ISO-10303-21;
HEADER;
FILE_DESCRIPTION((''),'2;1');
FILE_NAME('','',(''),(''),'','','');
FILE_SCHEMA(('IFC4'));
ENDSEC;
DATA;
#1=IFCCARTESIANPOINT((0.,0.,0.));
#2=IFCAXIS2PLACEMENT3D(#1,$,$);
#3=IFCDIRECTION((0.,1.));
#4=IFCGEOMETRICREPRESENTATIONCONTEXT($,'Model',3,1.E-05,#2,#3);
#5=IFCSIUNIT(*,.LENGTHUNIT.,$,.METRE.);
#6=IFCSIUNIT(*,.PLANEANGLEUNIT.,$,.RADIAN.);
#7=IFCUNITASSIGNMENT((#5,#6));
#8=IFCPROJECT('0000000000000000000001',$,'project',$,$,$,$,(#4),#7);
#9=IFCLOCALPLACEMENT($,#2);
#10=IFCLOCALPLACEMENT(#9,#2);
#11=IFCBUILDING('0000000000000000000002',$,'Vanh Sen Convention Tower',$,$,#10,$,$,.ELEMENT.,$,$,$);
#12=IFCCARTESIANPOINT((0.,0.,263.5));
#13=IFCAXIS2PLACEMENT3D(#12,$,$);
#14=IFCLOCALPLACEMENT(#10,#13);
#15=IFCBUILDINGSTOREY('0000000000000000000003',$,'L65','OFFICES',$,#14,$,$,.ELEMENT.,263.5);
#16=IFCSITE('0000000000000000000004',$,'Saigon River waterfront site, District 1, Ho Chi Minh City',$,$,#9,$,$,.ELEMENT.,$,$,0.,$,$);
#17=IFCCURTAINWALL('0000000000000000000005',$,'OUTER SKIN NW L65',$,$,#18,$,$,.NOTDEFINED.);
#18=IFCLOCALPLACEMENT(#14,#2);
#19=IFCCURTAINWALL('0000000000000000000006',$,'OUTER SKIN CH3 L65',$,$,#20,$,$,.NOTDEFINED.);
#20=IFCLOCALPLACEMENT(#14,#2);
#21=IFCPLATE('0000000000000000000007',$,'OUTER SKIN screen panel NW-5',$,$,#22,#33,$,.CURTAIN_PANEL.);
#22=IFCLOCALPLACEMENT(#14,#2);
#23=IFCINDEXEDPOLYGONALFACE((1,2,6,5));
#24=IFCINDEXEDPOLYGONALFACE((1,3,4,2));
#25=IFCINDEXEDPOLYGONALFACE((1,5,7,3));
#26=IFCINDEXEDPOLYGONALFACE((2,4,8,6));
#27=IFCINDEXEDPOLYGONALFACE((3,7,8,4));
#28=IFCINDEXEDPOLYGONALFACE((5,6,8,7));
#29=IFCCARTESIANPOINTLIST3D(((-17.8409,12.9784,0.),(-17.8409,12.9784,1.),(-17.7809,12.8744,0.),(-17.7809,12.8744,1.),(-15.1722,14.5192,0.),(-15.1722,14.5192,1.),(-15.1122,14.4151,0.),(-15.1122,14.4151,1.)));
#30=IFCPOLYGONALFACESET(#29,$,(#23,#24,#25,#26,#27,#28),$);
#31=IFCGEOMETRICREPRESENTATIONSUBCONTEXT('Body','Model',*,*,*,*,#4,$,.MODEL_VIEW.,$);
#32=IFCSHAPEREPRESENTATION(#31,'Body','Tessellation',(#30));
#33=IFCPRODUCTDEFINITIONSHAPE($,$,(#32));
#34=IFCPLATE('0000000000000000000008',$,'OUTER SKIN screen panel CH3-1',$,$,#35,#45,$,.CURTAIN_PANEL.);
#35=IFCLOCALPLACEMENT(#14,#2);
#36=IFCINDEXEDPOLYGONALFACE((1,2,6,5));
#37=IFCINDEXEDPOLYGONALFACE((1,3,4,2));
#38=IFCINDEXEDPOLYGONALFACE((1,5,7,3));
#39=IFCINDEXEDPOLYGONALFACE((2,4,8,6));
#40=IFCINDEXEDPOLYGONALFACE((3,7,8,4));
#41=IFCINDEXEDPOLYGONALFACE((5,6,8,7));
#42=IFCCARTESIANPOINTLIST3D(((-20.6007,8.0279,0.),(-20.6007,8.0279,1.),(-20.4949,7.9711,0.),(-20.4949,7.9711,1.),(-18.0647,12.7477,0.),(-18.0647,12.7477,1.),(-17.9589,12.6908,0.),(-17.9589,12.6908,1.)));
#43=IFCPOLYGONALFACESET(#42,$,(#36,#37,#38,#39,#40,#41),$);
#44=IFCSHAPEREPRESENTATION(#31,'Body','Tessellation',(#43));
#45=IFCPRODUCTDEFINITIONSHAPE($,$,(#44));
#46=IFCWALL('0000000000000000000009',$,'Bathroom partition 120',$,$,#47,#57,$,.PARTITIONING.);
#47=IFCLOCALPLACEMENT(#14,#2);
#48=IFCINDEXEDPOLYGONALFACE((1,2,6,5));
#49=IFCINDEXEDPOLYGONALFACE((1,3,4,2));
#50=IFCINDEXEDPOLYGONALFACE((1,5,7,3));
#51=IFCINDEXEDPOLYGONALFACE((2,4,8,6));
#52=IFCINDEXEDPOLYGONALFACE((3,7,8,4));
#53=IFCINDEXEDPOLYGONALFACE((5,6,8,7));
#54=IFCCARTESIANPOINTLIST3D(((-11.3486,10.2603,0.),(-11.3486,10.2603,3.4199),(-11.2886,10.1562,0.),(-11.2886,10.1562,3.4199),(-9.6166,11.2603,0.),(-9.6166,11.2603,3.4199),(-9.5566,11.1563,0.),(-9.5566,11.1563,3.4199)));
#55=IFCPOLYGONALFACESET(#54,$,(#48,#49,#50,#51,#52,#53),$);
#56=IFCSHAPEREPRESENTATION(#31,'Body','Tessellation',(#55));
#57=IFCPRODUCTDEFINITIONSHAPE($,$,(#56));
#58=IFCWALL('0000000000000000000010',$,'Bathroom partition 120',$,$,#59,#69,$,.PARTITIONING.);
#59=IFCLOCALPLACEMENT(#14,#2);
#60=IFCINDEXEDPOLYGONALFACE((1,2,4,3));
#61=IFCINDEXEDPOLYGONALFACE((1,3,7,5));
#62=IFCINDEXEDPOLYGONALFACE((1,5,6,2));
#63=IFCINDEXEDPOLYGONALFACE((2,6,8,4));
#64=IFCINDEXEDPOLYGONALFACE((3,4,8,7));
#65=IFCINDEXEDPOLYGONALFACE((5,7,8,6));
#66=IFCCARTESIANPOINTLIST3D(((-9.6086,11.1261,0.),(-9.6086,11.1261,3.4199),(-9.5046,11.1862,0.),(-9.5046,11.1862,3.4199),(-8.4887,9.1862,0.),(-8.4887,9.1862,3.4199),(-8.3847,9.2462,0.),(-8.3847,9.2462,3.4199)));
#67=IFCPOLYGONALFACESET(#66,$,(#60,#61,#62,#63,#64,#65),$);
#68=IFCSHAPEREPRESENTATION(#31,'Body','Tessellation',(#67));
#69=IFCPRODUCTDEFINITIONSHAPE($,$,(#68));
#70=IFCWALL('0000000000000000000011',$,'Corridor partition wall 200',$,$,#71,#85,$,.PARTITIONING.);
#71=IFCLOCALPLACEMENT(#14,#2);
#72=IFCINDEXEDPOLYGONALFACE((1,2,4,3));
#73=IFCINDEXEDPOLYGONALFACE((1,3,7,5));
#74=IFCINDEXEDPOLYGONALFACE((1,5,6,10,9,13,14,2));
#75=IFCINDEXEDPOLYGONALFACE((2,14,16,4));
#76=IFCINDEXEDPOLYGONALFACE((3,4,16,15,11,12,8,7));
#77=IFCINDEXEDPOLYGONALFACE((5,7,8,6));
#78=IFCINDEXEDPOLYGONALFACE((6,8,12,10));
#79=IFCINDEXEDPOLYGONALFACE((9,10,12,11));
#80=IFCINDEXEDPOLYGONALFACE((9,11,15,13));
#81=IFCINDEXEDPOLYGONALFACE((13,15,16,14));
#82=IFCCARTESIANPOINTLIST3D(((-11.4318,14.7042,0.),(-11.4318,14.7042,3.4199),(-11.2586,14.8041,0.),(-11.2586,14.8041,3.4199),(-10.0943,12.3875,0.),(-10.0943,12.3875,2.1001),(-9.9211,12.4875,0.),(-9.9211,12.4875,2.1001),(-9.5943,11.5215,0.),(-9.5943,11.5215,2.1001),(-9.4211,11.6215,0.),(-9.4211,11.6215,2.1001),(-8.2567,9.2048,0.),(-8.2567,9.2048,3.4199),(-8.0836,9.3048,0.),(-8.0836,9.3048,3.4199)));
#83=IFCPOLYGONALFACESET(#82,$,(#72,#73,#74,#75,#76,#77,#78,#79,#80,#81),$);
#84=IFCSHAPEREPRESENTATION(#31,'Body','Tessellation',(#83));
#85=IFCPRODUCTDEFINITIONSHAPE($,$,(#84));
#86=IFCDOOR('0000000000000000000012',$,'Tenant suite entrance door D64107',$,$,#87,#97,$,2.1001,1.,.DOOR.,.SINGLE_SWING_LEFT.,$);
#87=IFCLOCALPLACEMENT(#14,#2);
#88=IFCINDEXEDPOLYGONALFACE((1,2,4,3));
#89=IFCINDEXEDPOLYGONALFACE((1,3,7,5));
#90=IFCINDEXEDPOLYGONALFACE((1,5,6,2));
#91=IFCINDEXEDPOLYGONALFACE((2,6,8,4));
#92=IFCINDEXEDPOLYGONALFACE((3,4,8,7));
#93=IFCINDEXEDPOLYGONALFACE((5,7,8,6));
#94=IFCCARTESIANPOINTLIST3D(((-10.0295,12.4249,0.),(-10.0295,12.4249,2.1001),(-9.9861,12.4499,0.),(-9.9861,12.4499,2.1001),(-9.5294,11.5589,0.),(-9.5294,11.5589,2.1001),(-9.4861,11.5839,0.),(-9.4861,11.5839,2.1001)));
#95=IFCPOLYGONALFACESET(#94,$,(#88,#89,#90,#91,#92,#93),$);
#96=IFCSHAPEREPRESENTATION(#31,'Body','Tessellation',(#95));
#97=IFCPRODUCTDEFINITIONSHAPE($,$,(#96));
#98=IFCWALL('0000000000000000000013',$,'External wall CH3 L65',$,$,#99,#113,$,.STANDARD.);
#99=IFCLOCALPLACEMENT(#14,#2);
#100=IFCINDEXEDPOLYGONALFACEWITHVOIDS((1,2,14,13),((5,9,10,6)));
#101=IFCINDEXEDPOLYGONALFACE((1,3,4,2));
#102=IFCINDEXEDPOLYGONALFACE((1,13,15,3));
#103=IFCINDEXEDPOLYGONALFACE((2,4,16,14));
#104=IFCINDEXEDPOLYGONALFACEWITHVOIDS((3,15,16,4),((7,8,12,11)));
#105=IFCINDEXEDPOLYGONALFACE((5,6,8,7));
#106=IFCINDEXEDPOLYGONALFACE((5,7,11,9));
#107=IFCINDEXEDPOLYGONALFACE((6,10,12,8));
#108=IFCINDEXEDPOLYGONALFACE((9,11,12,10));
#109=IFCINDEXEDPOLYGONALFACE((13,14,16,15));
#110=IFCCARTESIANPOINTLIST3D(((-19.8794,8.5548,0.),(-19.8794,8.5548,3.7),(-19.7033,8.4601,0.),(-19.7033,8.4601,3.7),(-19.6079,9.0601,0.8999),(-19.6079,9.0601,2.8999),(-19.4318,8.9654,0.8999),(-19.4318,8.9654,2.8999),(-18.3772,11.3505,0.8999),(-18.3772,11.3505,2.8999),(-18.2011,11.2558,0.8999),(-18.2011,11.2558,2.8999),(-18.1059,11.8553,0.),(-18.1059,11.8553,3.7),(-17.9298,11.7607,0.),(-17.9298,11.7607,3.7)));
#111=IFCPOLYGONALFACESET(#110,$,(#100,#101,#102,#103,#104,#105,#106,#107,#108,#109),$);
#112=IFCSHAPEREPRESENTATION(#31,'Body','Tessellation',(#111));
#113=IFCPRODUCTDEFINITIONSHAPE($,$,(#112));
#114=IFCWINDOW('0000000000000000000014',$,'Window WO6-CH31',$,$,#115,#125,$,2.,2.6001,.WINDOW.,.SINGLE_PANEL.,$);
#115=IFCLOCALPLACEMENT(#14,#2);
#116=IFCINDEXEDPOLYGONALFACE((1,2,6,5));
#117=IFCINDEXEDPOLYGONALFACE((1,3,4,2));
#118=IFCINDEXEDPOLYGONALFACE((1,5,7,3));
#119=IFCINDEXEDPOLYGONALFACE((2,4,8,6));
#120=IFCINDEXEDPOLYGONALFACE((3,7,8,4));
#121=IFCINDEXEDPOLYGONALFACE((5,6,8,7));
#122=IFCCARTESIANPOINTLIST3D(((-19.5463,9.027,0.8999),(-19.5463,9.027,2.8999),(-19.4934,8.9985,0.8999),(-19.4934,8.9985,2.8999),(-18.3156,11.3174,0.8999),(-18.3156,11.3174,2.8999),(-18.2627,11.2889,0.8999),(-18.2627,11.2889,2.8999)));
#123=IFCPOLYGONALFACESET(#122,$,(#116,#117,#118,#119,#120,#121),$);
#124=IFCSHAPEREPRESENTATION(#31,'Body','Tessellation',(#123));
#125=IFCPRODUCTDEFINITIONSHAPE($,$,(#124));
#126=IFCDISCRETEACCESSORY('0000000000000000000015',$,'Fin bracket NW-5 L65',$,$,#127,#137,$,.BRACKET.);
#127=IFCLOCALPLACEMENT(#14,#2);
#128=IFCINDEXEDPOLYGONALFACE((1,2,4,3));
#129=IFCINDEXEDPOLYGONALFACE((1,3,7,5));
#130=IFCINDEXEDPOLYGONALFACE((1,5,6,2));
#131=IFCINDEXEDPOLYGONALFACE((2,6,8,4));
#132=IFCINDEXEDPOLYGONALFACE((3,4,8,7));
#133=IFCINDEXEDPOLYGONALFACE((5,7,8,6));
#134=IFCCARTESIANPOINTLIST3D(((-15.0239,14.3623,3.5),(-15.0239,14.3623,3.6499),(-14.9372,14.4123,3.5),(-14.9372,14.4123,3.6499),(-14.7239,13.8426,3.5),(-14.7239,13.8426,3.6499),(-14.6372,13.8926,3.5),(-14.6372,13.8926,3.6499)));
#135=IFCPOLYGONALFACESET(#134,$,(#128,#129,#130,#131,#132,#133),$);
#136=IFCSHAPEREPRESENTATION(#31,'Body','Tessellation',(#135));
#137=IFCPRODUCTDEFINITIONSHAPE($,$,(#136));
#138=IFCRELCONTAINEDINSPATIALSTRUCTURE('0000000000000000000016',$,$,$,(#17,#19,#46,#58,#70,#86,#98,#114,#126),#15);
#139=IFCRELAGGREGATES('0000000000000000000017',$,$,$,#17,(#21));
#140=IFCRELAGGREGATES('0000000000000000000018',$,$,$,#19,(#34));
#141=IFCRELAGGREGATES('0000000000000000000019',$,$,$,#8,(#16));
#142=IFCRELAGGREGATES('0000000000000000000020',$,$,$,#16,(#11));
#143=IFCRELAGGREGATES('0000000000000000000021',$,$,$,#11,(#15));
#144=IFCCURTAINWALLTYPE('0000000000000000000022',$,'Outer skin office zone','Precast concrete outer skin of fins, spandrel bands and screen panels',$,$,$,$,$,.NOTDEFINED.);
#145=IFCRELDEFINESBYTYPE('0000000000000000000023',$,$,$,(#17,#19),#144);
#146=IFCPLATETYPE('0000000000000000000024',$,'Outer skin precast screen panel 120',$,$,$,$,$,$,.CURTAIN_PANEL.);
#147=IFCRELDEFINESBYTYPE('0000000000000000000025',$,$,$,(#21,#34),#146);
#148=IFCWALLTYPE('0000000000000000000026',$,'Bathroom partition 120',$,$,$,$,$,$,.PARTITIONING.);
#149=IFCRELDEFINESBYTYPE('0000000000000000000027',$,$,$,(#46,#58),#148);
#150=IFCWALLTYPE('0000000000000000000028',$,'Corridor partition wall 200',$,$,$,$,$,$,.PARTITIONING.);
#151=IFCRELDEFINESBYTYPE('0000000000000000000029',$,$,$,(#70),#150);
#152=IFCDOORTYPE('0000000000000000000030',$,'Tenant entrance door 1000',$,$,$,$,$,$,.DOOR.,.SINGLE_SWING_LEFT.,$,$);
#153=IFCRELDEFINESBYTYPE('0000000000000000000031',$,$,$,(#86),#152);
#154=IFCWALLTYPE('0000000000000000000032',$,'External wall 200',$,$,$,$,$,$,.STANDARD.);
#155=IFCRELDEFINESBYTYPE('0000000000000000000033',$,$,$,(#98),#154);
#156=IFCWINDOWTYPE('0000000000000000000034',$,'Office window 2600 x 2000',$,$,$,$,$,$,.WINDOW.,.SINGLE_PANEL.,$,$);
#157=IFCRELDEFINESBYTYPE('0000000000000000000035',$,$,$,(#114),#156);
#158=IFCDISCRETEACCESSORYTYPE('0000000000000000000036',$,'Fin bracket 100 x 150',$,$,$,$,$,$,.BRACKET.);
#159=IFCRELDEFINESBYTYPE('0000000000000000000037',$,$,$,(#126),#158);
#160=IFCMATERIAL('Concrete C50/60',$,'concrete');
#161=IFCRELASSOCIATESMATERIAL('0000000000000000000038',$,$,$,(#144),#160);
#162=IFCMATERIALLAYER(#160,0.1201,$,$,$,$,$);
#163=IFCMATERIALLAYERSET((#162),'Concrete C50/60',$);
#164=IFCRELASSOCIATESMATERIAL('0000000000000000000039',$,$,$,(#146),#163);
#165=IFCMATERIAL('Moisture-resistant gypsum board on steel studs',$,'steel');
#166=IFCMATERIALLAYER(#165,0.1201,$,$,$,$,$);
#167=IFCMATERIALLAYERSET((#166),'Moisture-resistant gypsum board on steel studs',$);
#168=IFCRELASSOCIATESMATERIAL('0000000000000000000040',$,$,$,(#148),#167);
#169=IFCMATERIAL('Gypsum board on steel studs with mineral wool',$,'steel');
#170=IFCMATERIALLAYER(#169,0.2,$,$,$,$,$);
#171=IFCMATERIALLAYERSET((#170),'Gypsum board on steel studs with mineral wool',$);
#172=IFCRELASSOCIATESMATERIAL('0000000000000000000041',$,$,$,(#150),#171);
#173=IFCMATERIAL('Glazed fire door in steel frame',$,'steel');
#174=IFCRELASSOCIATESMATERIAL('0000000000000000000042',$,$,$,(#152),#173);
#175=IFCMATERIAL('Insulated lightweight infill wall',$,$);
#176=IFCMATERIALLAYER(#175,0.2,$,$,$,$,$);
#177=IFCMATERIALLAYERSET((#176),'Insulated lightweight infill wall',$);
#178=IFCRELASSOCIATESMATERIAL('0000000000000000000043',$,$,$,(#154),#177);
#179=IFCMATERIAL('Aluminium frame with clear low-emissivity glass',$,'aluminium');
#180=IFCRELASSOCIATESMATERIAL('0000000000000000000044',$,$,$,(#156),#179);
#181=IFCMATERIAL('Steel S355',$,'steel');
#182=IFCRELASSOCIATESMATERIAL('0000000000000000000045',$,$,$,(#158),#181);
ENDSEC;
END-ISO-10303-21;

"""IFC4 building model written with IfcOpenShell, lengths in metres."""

from ifc_helpers import new_model, si_unit, direction, frame, frame_2d, origin, origin_2d, place, context, subcontext, project, spatial, rectangle, extrude, material, layer, layer_set, type_object, element, fill, aggregate, save


model = new_model("IFC4")

# Units and contexts
model_context = context("Model", 3, precision=1e-05, world=origin(), true_north=direction((0.0, 1.0)))
body_context = subcontext(model_context, "Body", "Model", "MODEL_VIEW")
ifc_project = project(units=[si_unit("LENGTHUNIT", "METRE"), si_unit("PLANEANGLEUNIT", "RADIAN")], contexts=[model_context])

# Site, building, storey
site_placement = place(None, origin())
site = spatial("IfcSite", under=ifc_project, at=site_placement, Name="Saigon River waterfront site, District 1, Ho Chi Minh City", CompositionType="ELEMENT", RefElevation=0.0)
building_placement = place(site_placement, origin())
building = spatial("IfcBuilding", under=site, at=building_placement, Name="Vanh Sen Convention Tower", CompositionType="ELEMENT")
storey_placement = place(building_placement, frame((0.0, 0.0, 263.5)))
storey = spatial("IfcBuildingStorey", under=building, at=storey_placement, Name="L65", Description="OFFICES", CompositionType="ELEMENT", Elevation=263.5)

# Curtain wall
ifc_material_1 = material(Name="Concrete C50/60", Category="concrete")
curtain_wall_type = type_object("IfcCurtainWallType", Name="Outer skin office zone", Description="Precast concrete outer skin of fins, spandrel bands and screen panels", PredefinedType="NOTDEFINED", material=ifc_material_1)
curtain_wall_1_placement = place(storey_placement, origin())
curtain_wall_1 = element("IfcCurtainWall", 1, at=curtain_wall_1_placement, inside=storey, type_object=curtain_wall_type, Name="OUTER SKIN NW L65", PredefinedType="NOTDEFINED")

# Curtain wall
curtain_wall_2_placement = place(storey_placement, origin())
curtain_wall_2 = element("IfcCurtainWall", 2, at=curtain_wall_2_placement, inside=storey, type_object=curtain_wall_type, Name="OUTER SKIN CH3 L65", PredefinedType="NOTDEFINED")

# Plates
ifc_layer_1 = layer(ifc_material_1, 0.1201)
ifc_layer_set_1 = layer_set([ifc_layer_1], Name="Concrete C50/60")
plate_type = type_object("IfcPlateType", Name="Outer skin precast screen panel 120", PredefinedType="CURTAIN_PANEL", material=ifc_layer_set_1)
plate_1_placement = place(storey_placement, frame((-16.4766, 13.6968, 0.0), z_axis=(0.0, 0.0, 1.0), x_axis=(-0.866029, -0.499994, 0.0)))
plate_1 = element("IfcPlate", 3, at=plate_1_placement, type_object=plate_type, Name="OUTER SKIN screen panel NW-5", PredefinedType="CURTAIN_PANEL", context=body_context, shape_type="SweptSolid", body=[
    extrude(rectangle(XDim=3.0815, YDim=0.1201, at=origin_2d()), origin(), (0.0, 0.0, 1.0), 1.0),
])
aggregate(curtain_wall_1, [plate_1])
plate_2_placement = place(storey_placement, frame((-19.2798, 10.3594, 0.0), z_axis=(0.0, 0.0, 1.0), x_axis=(-0.473324, -0.880888, 0.0)))
plate_2 = element("IfcPlate", 4, at=plate_2_placement, type_object=plate_type, Name="OUTER SKIN screen panel CH3-1", PredefinedType="CURTAIN_PANEL", context=body_context, shape_type="SweptSolid", body=[
    extrude(rectangle(XDim=5.3579, YDim=0.1201, at=origin_2d()), origin(), (0.0, 0.0, 1.0), 1.0),
])
aggregate(curtain_wall_2, [plate_2])

# Walls
ifc_material_2 = material(Name="Moisture-resistant gypsum board on steel studs", Category="steel")
ifc_layer_2 = layer(ifc_material_2, 0.1201)
ifc_layer_set_2 = layer_set([ifc_layer_2], Name="Moisture-resistant gypsum board on steel studs")
wall_type_1 = type_object("IfcWallType", Name="Bathroom partition 120", PredefinedType="PARTITIONING", material=ifc_layer_set_2)
wall_1_placement = place(storey_placement, frame((-11.3186, 10.2083, 0.0), z_axis=(0.0, 0.0, 1.0), x_axis=(0.866011, 0.500025, 0.0)))
element("IfcWall", 5, at=wall_1_placement, inside=storey, type_object=wall_type_1, Name="Bathroom partition 120", PredefinedType="PARTITIONING", context=body_context, shape_type="SweptSolid", body=[
    extrude(rectangle(XDim=2.0, YDim=0.1201, at=frame_2d((1.0, 0.0))), origin(), (0.0, 0.0, 1.0), 3.4199),
])
wall_2_placement = place(storey_placement, frame((-9.5566, 11.1562, 0.0), z_axis=(0.0, 0.0, 1.0), x_axis=(0.499949, -0.866055, 0.0)))
element("IfcWall", 6, at=wall_2_placement, inside=storey, type_object=wall_type_1, Name="Bathroom partition 120", PredefinedType="PARTITIONING", context=body_context, shape_type="SweptSolid", body=[
    extrude(rectangle(XDim=2.24, YDim=0.1201, at=frame_2d((1.1201, 0.0))), origin(), (0.0, 0.0, 1.0), 3.4199),
])

# Wall, opening, door
ifc_material_3 = material(Name="Gypsum board on steel studs with mineral wool", Category="steel")
ifc_layer_3 = layer(ifc_material_3, 0.2)
ifc_layer_set_3 = layer_set([ifc_layer_3], Name="Gypsum board on steel studs with mineral wool")
wall_type_2 = type_object("IfcWallType", Name="Corridor partition wall 200", PredefinedType="PARTITIONING", material=ifc_layer_set_3)
wall_3_placement = place(storey_placement, frame((-11.3452, 14.7542, 0.0), z_axis=(0.0, 0.0, 1.0), x_axis=(0.500005, -0.866022, 0.0)))
wall_3 = element("IfcWall", 7, at=wall_3_placement, inside=storey, type_object=wall_type_2, Name="Corridor partition wall 200", PredefinedType="PARTITIONING", context=body_context, shape_type="SweptSolid", body=[
    extrude(rectangle(XDim=6.3501, YDim=0.2, at=frame_2d((3.175, 0.0))), origin(), (0.0, 0.0, 1.0), 3.4199),
])
opening_1_placement = place(wall_3_placement, frame((2.675, 0.0, 0.0)))
opening_1 = element("IfcOpeningElement", 8, at=opening_1_placement, cuts=wall_3, PredefinedType="OPENING", context=body_context, shape_type="SweptSolid", body=[
    extrude(rectangle(XDim=1.0, YDim=2.1001, at=frame_2d((0.5, 1.05))), frame((0.0, 0.1099, 0.0), z_axis=(0.0, -1.0, 0.0), x_axis=(1.0, 0.0, 0.0)), (0.0, 0.0, 1.0), 0.22),
])
ifc_material_4 = material(Name="Glazed fire door in steel frame", Category="steel")
door_type = type_object("IfcDoorType", Name="Tenant entrance door 1000", OperationType="SINGLE_SWING_LEFT", PredefinedType="DOOR", material=ifc_material_4)
door_placement = place(opening_1_placement, origin())
door = element("IfcDoor", 9, at=door_placement, inside=storey, type_object=door_type, Name="Tenant suite entrance door D64107", OperationType="SINGLE_SWING_LEFT", OverallHeight=2.1001, OverallWidth=1.0, PredefinedType="DOOR", context=body_context, shape_type="SweptSolid", body=[
    extrude(rectangle(XDim=1.0, YDim=2.1001, at=frame_2d((0.5, 1.05))), frame((0.0, 0.0249, 0.0), z_axis=(0.0, -1.0, 0.0), x_axis=(1.0, 0.0, 0.0)), (0.0, 0.0, 1.0), 0.05),
])
fill(opening_1, door)

# Wall, opening, window
ifc_material_5 = material(Name="Insulated lightweight infill wall")
ifc_layer_4 = layer(ifc_material_5, 0.2)
ifc_layer_set_4 = layer_set([ifc_layer_4], Name="Insulated lightweight infill wall")
wall_type_3 = type_object("IfcWallType", Name="External wall 200", PredefinedType="STANDARD", material=ifc_layer_set_4)
wall_4_placement = place(storey_placement, frame((-18.0178, 11.8081, 0.0), z_axis=(0.0, 0.0, 1.0), x_axis=(-0.473319, -0.880891, 0.0)))
wall_4 = element("IfcWall", 10, at=wall_4_placement, inside=storey, type_object=wall_type_3, Name="External wall CH3 L65", PredefinedType="STANDARD", context=body_context, shape_type="SweptSolid", body=[
    extrude(rectangle(XDim=3.7468, YDim=0.2, at=frame_2d((1.8735, 0.0))), origin(), (0.0, 0.0, 1.0), 3.7),
])
opening_2_placement = place(wall_4_placement, frame((0.5732, 0.0, 0.8999)))
opening_2 = element("IfcOpeningElement", 11, at=opening_2_placement, cuts=wall_4, PredefinedType="OPENING", context=body_context, shape_type="SweptSolid", body=[
    extrude(rectangle(XDim=2.6001, YDim=2.0, at=frame_2d((1.3, 1.0))), frame((0.0, 0.1099, 0.0), z_axis=(0.0, -1.0, 0.0), x_axis=(1.0, 0.0, 0.0)), (0.0, 0.0, 1.0), 0.22),
])
ifc_material_6 = material(Name="Aluminium frame with clear low-emissivity glass", Category="aluminium")
window_type = type_object("IfcWindowType", Name="Office window 2600 x 2000", PartitioningType="SINGLE_PANEL", PredefinedType="WINDOW", material=ifc_material_6)
window_placement = place(opening_2_placement, origin())
window = element("IfcWindow", 12, at=window_placement, inside=storey, type_object=window_type, Name="Window WO6-CH31", OverallHeight=2.0, OverallWidth=2.6001, PartitioningType="SINGLE_PANEL", PredefinedType="WINDOW", context=body_context, shape_type="SweptSolid", body=[
    extrude(rectangle(XDim=2.6001, YDim=2.0, at=frame_2d((1.3, 1.0))), frame((0.0, 0.03, 0.0), z_axis=(0.0, -1.0, 0.0), x_axis=(1.0, 0.0, 0.0)), (0.0, 0.0, 1.0), 0.0601),
])
fill(opening_2, window)

# Discrete accessory
ifc_material_7 = material(Name="Steel S355", Category="steel")
discrete_accessory_type = type_object("IfcDiscreteAccessoryType", Name="Fin bracket 100 x 150", PredefinedType="BRACKET", material=ifc_material_7)
discrete_accessory_placement = place(storey_placement, frame((-14.8306, 14.1274, 3.5), z_axis=(0.0, 0.0, 1.0), x_axis=(-0.5, 0.866025, 0.0)))
element("IfcDiscreteAccessory", 13, at=discrete_accessory_placement, inside=storey, type_object=discrete_accessory_type, Name="Fin bracket NW-5 L65", PredefinedType="BRACKET", context=body_context, shape_type="SweptSolid", body=[
    extrude(rectangle(XDim=0.6001, YDim=0.1001, at=origin_2d()), origin(), (0.0, 0.0, 1.0), 0.1499),
])

save(model, "model.ifc")
